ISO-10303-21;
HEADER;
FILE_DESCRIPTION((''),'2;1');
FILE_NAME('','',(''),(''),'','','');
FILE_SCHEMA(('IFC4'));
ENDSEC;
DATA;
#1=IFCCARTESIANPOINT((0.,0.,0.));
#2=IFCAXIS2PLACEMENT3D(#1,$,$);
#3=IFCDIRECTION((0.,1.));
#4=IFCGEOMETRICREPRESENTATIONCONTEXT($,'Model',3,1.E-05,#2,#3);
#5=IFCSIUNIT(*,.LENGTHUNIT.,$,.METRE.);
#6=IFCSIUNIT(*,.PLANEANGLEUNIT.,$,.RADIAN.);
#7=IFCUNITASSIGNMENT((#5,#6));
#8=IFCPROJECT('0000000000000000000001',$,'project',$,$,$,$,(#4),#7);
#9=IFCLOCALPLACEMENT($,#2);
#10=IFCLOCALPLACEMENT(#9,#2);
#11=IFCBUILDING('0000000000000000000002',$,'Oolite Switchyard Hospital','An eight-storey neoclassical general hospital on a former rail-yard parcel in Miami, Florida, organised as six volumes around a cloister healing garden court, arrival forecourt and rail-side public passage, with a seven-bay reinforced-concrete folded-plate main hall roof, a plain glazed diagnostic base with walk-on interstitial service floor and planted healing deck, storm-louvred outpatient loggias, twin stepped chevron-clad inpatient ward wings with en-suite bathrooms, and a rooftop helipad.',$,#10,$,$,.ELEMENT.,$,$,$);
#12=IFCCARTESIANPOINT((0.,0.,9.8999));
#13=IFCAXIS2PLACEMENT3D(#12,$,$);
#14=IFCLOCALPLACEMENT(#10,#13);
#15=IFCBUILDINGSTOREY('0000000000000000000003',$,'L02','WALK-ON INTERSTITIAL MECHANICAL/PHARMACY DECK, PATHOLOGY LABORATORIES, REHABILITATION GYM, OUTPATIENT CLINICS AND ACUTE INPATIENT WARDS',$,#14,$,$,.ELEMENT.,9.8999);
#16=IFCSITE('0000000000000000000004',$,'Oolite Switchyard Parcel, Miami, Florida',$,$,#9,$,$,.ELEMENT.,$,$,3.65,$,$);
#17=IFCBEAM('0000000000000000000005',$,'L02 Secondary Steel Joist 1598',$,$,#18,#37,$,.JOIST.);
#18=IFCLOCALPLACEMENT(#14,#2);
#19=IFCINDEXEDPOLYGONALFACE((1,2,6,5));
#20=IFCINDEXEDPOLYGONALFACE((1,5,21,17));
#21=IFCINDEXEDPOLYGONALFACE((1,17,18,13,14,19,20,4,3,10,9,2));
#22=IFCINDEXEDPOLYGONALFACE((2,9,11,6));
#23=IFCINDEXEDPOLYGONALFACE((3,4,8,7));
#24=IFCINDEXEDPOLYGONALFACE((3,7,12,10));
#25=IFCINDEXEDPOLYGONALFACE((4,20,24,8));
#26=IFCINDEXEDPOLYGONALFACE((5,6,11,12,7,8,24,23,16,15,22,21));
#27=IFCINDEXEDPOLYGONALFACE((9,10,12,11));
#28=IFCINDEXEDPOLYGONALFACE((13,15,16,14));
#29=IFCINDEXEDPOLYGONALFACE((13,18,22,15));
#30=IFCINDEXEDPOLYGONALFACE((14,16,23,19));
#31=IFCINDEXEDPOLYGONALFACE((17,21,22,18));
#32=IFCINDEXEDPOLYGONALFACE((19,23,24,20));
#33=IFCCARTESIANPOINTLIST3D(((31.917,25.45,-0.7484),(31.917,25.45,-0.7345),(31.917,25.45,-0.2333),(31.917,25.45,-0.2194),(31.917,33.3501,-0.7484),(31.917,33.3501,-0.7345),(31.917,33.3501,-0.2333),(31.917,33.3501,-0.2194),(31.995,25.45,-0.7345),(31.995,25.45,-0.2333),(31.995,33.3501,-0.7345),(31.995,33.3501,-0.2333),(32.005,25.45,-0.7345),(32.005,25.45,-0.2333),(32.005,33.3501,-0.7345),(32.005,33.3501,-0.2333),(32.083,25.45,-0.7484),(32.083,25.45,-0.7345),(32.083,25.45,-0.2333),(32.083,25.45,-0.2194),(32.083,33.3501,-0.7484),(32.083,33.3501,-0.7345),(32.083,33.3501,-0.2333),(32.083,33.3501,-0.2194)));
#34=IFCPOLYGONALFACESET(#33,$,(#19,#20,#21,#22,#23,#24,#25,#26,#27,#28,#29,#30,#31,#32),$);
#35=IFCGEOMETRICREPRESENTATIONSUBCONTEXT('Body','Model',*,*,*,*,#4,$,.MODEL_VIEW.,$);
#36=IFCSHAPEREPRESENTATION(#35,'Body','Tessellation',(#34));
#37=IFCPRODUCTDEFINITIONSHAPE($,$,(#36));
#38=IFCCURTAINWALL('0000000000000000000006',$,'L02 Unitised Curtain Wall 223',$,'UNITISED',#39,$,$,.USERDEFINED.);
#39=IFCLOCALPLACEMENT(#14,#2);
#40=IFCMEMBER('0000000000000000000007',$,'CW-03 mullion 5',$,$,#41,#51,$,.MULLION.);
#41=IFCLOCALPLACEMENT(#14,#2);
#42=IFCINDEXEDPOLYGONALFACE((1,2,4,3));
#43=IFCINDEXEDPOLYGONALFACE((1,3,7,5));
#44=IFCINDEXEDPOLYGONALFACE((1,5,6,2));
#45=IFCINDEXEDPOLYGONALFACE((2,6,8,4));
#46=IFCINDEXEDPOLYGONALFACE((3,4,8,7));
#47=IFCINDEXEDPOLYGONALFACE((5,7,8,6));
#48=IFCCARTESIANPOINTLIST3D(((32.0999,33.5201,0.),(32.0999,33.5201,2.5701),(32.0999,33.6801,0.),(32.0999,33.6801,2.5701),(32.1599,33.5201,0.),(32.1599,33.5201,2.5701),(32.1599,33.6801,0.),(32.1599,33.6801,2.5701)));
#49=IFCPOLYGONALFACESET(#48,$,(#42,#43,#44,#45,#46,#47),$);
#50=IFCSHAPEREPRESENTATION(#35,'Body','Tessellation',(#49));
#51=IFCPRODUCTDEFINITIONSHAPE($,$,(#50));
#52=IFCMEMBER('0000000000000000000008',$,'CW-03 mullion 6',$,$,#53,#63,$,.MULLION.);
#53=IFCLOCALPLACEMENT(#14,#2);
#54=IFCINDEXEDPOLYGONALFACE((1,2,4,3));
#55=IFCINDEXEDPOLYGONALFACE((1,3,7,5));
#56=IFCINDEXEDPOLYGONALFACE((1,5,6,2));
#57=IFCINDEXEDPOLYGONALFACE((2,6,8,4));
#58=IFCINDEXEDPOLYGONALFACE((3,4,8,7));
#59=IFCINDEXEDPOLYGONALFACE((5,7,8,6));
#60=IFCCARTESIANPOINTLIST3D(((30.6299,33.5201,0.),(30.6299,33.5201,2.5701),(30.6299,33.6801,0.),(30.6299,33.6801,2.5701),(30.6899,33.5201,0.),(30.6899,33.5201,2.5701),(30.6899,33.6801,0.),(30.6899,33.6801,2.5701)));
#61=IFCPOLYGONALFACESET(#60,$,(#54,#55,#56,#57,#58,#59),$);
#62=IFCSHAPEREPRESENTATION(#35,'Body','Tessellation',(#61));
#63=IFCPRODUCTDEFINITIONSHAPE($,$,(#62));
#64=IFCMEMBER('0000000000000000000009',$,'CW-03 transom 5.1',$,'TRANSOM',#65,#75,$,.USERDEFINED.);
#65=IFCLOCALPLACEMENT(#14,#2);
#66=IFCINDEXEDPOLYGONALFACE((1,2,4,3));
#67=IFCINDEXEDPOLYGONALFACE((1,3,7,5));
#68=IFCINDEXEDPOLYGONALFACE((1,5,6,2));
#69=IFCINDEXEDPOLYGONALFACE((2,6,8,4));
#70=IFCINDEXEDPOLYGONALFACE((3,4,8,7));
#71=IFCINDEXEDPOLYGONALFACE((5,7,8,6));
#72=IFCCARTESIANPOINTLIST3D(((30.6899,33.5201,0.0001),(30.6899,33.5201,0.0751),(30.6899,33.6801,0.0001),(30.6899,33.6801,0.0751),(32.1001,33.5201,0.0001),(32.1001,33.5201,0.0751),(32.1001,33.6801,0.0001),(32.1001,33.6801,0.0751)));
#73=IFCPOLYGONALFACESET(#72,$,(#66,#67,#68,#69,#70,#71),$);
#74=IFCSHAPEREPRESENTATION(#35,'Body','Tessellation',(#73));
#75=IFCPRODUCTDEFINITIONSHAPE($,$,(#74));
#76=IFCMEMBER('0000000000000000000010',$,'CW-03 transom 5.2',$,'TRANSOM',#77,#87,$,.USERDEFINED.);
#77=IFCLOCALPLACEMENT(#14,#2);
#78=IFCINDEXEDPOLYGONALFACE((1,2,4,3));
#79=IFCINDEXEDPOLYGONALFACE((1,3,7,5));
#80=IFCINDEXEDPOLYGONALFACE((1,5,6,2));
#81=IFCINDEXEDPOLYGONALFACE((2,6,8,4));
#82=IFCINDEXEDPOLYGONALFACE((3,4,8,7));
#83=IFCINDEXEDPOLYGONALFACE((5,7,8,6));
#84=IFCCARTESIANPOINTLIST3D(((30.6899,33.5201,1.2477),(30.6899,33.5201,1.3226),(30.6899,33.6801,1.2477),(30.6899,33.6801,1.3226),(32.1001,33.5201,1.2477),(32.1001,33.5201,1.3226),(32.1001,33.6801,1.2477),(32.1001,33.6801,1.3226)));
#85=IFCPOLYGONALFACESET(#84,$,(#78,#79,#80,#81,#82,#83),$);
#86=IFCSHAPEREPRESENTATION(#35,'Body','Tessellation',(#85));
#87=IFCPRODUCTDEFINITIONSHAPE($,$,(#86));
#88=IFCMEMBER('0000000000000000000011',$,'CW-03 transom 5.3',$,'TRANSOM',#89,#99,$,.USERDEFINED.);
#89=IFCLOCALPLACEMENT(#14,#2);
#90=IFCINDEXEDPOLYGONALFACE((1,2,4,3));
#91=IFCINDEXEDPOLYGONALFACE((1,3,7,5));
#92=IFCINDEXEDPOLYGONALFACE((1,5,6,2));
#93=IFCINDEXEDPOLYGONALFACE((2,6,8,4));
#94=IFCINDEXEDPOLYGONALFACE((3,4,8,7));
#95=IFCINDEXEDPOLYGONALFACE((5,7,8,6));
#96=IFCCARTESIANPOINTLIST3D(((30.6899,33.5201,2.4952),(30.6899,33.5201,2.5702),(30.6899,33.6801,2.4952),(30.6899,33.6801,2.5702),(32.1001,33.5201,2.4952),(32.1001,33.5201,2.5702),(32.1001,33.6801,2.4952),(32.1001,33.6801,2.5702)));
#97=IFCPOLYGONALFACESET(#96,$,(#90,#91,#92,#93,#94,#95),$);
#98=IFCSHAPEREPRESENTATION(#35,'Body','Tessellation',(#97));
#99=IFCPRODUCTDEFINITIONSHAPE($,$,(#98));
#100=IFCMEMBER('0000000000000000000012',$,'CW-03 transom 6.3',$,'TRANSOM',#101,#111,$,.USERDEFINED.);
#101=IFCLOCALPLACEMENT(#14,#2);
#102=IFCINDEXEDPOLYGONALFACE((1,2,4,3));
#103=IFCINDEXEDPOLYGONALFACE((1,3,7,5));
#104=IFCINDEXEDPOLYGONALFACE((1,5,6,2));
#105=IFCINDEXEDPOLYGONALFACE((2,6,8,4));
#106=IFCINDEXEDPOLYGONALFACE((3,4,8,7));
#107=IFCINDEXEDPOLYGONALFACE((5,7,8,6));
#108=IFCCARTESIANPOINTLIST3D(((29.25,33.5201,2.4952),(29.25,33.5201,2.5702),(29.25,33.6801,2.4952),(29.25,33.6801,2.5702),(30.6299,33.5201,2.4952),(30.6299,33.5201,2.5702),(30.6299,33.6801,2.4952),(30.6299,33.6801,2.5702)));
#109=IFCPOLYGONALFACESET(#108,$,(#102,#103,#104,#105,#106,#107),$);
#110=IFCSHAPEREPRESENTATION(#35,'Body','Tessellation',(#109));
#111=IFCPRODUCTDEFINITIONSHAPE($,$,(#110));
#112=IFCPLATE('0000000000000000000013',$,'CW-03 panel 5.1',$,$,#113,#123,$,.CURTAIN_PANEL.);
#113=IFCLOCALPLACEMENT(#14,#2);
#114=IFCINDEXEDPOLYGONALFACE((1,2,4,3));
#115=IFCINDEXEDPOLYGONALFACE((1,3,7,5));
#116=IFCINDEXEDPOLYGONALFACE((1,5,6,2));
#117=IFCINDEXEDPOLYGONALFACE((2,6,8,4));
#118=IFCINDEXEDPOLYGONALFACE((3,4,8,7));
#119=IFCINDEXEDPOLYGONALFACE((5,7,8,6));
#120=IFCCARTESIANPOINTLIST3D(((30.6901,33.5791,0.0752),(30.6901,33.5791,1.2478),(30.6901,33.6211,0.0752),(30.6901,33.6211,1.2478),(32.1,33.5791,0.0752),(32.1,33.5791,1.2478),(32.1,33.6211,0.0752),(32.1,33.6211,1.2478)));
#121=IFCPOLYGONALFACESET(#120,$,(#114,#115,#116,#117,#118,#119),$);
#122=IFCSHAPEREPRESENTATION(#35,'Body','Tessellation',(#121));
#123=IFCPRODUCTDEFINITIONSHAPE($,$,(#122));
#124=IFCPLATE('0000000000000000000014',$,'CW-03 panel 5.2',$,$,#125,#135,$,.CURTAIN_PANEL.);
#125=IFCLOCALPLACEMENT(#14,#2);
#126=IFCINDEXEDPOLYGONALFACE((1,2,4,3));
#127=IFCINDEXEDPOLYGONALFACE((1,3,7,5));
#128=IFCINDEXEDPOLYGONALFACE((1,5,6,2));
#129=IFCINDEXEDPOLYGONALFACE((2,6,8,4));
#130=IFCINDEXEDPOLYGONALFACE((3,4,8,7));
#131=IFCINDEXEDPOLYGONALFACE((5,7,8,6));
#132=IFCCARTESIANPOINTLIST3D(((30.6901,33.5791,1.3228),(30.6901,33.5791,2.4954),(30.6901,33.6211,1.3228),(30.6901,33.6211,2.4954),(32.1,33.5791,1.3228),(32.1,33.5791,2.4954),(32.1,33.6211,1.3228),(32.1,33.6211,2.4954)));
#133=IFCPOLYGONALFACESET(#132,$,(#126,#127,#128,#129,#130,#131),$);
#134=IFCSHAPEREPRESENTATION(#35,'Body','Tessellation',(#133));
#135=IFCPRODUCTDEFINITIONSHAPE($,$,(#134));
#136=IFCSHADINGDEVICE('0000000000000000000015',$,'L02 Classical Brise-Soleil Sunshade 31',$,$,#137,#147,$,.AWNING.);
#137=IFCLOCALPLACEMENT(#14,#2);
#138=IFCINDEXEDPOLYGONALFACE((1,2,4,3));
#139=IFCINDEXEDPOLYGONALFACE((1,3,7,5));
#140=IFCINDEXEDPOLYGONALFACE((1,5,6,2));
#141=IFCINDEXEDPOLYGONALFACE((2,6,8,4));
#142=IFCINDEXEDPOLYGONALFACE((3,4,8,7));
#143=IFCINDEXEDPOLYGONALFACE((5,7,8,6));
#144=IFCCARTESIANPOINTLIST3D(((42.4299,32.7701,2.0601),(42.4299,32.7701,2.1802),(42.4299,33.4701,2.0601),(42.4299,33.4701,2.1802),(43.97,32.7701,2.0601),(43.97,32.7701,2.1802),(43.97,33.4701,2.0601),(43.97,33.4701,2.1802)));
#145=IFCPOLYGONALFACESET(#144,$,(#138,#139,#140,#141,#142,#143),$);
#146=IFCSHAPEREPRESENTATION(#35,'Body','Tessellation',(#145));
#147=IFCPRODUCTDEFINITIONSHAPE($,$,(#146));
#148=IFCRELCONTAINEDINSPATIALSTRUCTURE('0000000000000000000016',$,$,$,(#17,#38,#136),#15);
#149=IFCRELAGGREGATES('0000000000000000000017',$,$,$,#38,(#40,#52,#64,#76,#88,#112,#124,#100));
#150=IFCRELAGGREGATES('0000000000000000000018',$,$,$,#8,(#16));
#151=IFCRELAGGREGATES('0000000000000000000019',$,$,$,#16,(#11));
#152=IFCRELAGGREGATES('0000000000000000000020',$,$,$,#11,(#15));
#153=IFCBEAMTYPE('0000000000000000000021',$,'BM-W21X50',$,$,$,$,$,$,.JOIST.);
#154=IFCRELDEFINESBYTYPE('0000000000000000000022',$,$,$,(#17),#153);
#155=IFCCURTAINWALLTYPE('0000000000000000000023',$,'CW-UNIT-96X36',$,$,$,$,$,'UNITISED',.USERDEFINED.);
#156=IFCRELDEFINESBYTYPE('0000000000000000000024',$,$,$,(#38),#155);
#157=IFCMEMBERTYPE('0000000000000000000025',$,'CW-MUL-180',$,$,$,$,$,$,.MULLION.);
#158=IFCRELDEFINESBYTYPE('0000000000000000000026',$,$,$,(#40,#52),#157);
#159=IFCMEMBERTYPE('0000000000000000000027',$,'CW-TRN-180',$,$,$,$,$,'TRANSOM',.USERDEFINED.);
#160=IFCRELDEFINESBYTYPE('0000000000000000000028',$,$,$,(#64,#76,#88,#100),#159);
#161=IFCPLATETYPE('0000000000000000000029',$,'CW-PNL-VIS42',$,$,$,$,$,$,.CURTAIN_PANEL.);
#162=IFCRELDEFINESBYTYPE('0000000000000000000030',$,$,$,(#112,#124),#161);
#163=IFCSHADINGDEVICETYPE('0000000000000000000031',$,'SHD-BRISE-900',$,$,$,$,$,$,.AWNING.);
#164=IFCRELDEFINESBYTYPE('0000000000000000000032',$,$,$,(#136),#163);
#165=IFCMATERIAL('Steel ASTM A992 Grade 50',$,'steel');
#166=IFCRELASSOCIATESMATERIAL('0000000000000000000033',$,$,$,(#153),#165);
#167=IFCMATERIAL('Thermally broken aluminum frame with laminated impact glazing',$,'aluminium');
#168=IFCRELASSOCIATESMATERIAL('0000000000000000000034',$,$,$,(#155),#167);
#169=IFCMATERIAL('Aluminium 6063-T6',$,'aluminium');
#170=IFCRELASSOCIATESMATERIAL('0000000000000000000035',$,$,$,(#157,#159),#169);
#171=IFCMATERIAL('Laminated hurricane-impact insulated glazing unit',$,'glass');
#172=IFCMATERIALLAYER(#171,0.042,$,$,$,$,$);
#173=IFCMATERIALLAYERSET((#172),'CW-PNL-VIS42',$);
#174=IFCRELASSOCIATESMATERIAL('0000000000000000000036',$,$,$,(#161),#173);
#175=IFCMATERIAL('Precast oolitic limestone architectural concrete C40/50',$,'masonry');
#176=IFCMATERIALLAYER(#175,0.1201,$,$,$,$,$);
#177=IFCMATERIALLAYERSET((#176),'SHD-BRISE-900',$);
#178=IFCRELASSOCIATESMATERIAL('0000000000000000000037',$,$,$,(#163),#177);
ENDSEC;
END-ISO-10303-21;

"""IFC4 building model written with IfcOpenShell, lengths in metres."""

from ifc_helpers import new_model, si_unit, direction, frame, origin, origin_2d, place, context, subcontext, project, spatial, rectangle, i_section, extrude, material, layer, layer_set, material_profile, profile_set, type_object, element, aggregate, save


model = new_model("IFC4")

# Units and contexts
model_context = context("Model", 3, precision=1e-05, world=origin(), true_north=direction((0.0, 1.0)))
body_context = subcontext(model_context, "Body", "Model", "MODEL_VIEW")
ifc_project = project(units=[si_unit("LENGTHUNIT", "METRE"), si_unit("PLANEANGLEUNIT", "RADIAN")], contexts=[model_context])

# Site, building, storey
site_placement = place(None, origin())
site = spatial("IfcSite", under=ifc_project, at=site_placement, Name="Oolite Switchyard Parcel, Miami, Florida", CompositionType="ELEMENT", RefElevation=3.65)
building_placement = place(site_placement, origin())
building = spatial("IfcBuilding", under=site, at=building_placement, Name="Oolite Switchyard Hospital", Description="An eight-storey neoclassical general hospital on a former rail-yard parcel in Miami, Florida, organised as six volumes around a cloister healing garden court, arrival forecourt and rail-side public passage, with a seven-bay reinforced-concrete folded-plate main hall roof, a plain glazed diagnostic base with walk-on interstitial service floor and planted healing deck, storm-louvred outpatient loggias, twin stepped chevron-clad inpatient ward wings with en-suite bathrooms, and a rooftop helipad.", CompositionType="ELEMENT")
storey_placement = place(building_placement, frame((0.0, 0.0, 9.8999)))
storey = spatial("IfcBuildingStorey", under=building, at=storey_placement, Name="L02", Description="WALK-ON INTERSTITIAL MECHANICAL/PHARMACY DECK, PATHOLOGY LABORATORIES, REHABILITATION GYM, OUTPATIENT CLINICS AND ACUTE INPATIENT WARDS", CompositionType="ELEMENT", Elevation=9.8999)

# Beam
ifc_material_1 = material(Name="Steel ASTM A992 Grade 50", Category="steel")
ifc_material_profile_1 = material_profile(ifc_material_1, i_section(OverallWidth=0.166, OverallDepth=0.5291, WebThickness=0.01, FlangeThickness=0.0139, at=origin_2d()), Name="W21X50")
ifc_profile_set_1 = profile_set([ifc_material_profile_1], Name="Steel ASTM A992 Grade 50")
beam_type_1 = type_object("IfcBeamType", Name="BM-W21X50", PredefinedType="JOIST", material=ifc_profile_set_1)
beam_1_placement = place(storey_placement, frame((32.0, 25.45, -0.4839), z_axis=(0.0, 1.0, 0.0), x_axis=(-1.0, 0.0, 0.0)))
element("IfcBeam", 1, at=beam_1_placement, inside=storey, type_object=beam_type_1, Name="L02 Secondary Steel Joist 1598", PredefinedType="JOIST", context=body_context, shape_type="SweptSolid", body=[
    extrude(i_section(OverallWidth=0.166, OverallDepth=0.5291, WebThickness=0.01, FlangeThickness=0.0139, at=origin_2d()), origin(), (0.0, 0.0, 1.0), 7.9001),
])

# Curtain wall, members, plates
ifc_material_2 = material(Name="Thermally broken aluminum frame with laminated impact glazing", Category="aluminium")
curtain_wall_type = type_object("IfcCurtainWallType", Name="CW-UNIT-96X36", ElementType="UNITISED", PredefinedType="USERDEFINED", material=ifc_material_2)
curtain_wall_placement = place(storey_placement, origin())
curtain_wall = element("IfcCurtainWall", 2, at=curtain_wall_placement, inside=storey, type_object=curtain_wall_type, Name="L02 Unitised Curtain Wall 223", ObjectType="UNITISED", PredefinedType="USERDEFINED")
ifc_material_3 = material(Name="Aluminium 6063-T6", Category="aluminium")
ifc_material_profile_2 = material_profile(ifc_material_3, rectangle(XDim=0.1599, YDim=0.0601, at=origin_2d()), Name="CWM60X160")
ifc_profile_set_2 = profile_set([ifc_material_profile_2], Name="Aluminium 6063-T6")
member_type_1 = type_object("IfcMemberType", Name="CW-MUL-180", PredefinedType="MULLION", material=ifc_profile_set_2)
member_1_placement = place(storey_placement, frame((32.1299, 33.6001, 0.0), z_axis=(0.0, 0.0, 1.0), x_axis=(0.0, -1.0, 0.0)))
member_1 = element("IfcMember", 3, at=member_1_placement, type_object=member_type_1, Name="CW-03 mullion 5", PredefinedType="MULLION", context=body_context, shape_type="SweptSolid", body=[
    extrude(rectangle(XDim=0.1599, YDim=0.0601, at=origin_2d()), origin(), (0.0, 0.0, 1.0), 2.5701),
])
member_2_placement = place(storey_placement, frame((30.6599, 33.6001, 0.0), z_axis=(0.0, 0.0, 1.0), x_axis=(0.0, -1.0, 0.0)))
member_2 = element("IfcMember", 4, at=member_2_placement, type_object=member_type_1, Name="CW-03 mullion 6", PredefinedType="MULLION", context=body_context, shape_type="SweptSolid", body=[
    extrude(rectangle(XDim=0.1599, YDim=0.0601, at=origin_2d()), origin(), (0.0, 0.0, 1.0), 2.5701),
])
ifc_material_profile_3 = material_profile(ifc_material_3, rectangle(XDim=0.1599, YDim=0.075, at=origin_2d()), Name="CWT75X160")
ifc_profile_set_3 = profile_set([ifc_material_profile_3], Name="Aluminium 6063-T6")
member_type_2 = type_object("IfcMemberType", Name="CW-TRN-180", ElementType="TRANSOM", PredefinedType="USERDEFINED", material=ifc_profile_set_3)
member_3_placement = place(storey_placement, frame((32.1001, 33.6001, 0.0376), z_axis=(-1.0, 0.0, 0.0), x_axis=(0.0, -1.0, 0.0)))
member_3 = element("IfcMember", 5, at=member_3_placement, type_object=member_type_2, Name="CW-03 transom 5.1", ObjectType="TRANSOM", PredefinedType="USERDEFINED", context=body_context, shape_type="SweptSolid", body=[
    extrude(rectangle(XDim=0.1599, YDim=0.075, at=origin_2d()), origin(), (0.0, 0.0, 1.0), 1.4102),
])
member_4_placement = place(storey_placement, frame((32.1001, 33.6001, 1.2852), z_axis=(-1.0, 0.0, 0.0), x_axis=(0.0, -1.0, 0.0)))
member_4 = element("IfcMember", 6, at=member_4_placement, type_object=member_type_2, Name="CW-03 transom 5.2", ObjectType="TRANSOM", PredefinedType="USERDEFINED", context=body_context, shape_type="SweptSolid", body=[
    extrude(rectangle(XDim=0.1599, YDim=0.075, at=origin_2d()), origin(), (0.0, 0.0, 1.0), 1.4102),
])
member_5_placement = place(storey_placement, frame((32.1001, 33.6001, 2.5327), z_axis=(-1.0, 0.0, 0.0), x_axis=(0.0, -1.0, 0.0)))
member_5 = element("IfcMember", 7, at=member_5_placement, type_object=member_type_2, Name="CW-03 transom 5.3", ObjectType="TRANSOM", PredefinedType="USERDEFINED", context=body_context, shape_type="SweptSolid", body=[
    extrude(rectangle(XDim=0.1599, YDim=0.075, at=origin_2d()), origin(), (0.0, 0.0, 1.0), 1.4102),
])
member_6_placement = place(storey_placement, frame((30.6299, 33.6001, 2.5327), z_axis=(-1.0, 0.0, 0.0), x_axis=(0.0, -1.0, 0.0)))
member_6 = element("IfcMember", 8, at=member_6_placement, type_object=member_type_2, Name="CW-03 transom 6.3", ObjectType="TRANSOM", PredefinedType="USERDEFINED", context=body_context, shape_type="SweptSolid", body=[
    extrude(rectangle(XDim=0.1599, YDim=0.075, at=origin_2d()), origin(), (0.0, 0.0, 1.0), 1.3799),
])
ifc_material_4 = material(Name="Laminated hurricane-impact insulated glazing unit", Category="glass")
ifc_layer_1 = layer(ifc_material_4, 0.042)
ifc_layer_set_1 = layer_set([ifc_layer_1], Name="CW-PNL-VIS42")
plate_type = type_object("IfcPlateType", Name="CW-PNL-VIS42", PredefinedType="CURTAIN_PANEL", material=ifc_layer_set_1)
plate_1_placement = place(storey_placement, frame((31.395, 33.6001, 0.0752), z_axis=(0.0, 0.0, 1.0), x_axis=(-1.0, 0.0, 0.0)))
plate_1 = element("IfcPlate", 9, at=plate_1_placement, type_object=plate_type, Name="CW-03 panel 5.1", PredefinedType="CURTAIN_PANEL", context=body_context, shape_type="SweptSolid", body=[
    extrude(rectangle(XDim=1.4099, YDim=0.042, at=origin_2d()), origin(), (0.0, 0.0, 1.0), 1.1726),
])
plate_2_placement = place(storey_placement, frame((31.395, 33.6001, 1.3228), z_axis=(0.0, 0.0, 1.0), x_axis=(-1.0, 0.0, 0.0)))
plate_2 = element("IfcPlate", 10, at=plate_2_placement, type_object=plate_type, Name="CW-03 panel 5.2", PredefinedType="CURTAIN_PANEL", context=body_context, shape_type="SweptSolid", body=[
    extrude(rectangle(XDim=1.4099, YDim=0.042, at=origin_2d()), origin(), (0.0, 0.0, 1.0), 1.1726),
])
aggregate(curtain_wall, [member_1, member_2, member_3, member_4, member_5, plate_1, plate_2, member_6])

# Shading device
ifc_material_5 = material(Name="Precast oolitic limestone architectural concrete C40/50", Category="masonry")
ifc_layer_2 = layer(ifc_material_5, 0.1201)
ifc_layer_set_2 = layer_set([ifc_layer_2], Name="SHD-BRISE-900")
shading_device_type = type_object("IfcShadingDeviceType", Name="SHD-BRISE-900", PredefinedType="AWNING", material=ifc_layer_set_2)
shading_device_placement = place(storey_placement, frame((43.2, 33.1201, 2.0601), z_axis=(0.0, 0.0, 1.0), x_axis=(1.0, 0.0, 0.0)))
element("IfcShadingDevice", 11, at=shading_device_placement, inside=storey, type_object=shading_device_type, Name="L02 Classical Brise-Soleil Sunshade 31", PredefinedType="AWNING", context=body_context, shape_type="SweptSolid", body=[
    extrude(rectangle(XDim=1.54, YDim=0.7, at=origin_2d()), origin(), (0.0, 0.0, 1.0), 0.1201),
])

save(model, "model.ifc")
